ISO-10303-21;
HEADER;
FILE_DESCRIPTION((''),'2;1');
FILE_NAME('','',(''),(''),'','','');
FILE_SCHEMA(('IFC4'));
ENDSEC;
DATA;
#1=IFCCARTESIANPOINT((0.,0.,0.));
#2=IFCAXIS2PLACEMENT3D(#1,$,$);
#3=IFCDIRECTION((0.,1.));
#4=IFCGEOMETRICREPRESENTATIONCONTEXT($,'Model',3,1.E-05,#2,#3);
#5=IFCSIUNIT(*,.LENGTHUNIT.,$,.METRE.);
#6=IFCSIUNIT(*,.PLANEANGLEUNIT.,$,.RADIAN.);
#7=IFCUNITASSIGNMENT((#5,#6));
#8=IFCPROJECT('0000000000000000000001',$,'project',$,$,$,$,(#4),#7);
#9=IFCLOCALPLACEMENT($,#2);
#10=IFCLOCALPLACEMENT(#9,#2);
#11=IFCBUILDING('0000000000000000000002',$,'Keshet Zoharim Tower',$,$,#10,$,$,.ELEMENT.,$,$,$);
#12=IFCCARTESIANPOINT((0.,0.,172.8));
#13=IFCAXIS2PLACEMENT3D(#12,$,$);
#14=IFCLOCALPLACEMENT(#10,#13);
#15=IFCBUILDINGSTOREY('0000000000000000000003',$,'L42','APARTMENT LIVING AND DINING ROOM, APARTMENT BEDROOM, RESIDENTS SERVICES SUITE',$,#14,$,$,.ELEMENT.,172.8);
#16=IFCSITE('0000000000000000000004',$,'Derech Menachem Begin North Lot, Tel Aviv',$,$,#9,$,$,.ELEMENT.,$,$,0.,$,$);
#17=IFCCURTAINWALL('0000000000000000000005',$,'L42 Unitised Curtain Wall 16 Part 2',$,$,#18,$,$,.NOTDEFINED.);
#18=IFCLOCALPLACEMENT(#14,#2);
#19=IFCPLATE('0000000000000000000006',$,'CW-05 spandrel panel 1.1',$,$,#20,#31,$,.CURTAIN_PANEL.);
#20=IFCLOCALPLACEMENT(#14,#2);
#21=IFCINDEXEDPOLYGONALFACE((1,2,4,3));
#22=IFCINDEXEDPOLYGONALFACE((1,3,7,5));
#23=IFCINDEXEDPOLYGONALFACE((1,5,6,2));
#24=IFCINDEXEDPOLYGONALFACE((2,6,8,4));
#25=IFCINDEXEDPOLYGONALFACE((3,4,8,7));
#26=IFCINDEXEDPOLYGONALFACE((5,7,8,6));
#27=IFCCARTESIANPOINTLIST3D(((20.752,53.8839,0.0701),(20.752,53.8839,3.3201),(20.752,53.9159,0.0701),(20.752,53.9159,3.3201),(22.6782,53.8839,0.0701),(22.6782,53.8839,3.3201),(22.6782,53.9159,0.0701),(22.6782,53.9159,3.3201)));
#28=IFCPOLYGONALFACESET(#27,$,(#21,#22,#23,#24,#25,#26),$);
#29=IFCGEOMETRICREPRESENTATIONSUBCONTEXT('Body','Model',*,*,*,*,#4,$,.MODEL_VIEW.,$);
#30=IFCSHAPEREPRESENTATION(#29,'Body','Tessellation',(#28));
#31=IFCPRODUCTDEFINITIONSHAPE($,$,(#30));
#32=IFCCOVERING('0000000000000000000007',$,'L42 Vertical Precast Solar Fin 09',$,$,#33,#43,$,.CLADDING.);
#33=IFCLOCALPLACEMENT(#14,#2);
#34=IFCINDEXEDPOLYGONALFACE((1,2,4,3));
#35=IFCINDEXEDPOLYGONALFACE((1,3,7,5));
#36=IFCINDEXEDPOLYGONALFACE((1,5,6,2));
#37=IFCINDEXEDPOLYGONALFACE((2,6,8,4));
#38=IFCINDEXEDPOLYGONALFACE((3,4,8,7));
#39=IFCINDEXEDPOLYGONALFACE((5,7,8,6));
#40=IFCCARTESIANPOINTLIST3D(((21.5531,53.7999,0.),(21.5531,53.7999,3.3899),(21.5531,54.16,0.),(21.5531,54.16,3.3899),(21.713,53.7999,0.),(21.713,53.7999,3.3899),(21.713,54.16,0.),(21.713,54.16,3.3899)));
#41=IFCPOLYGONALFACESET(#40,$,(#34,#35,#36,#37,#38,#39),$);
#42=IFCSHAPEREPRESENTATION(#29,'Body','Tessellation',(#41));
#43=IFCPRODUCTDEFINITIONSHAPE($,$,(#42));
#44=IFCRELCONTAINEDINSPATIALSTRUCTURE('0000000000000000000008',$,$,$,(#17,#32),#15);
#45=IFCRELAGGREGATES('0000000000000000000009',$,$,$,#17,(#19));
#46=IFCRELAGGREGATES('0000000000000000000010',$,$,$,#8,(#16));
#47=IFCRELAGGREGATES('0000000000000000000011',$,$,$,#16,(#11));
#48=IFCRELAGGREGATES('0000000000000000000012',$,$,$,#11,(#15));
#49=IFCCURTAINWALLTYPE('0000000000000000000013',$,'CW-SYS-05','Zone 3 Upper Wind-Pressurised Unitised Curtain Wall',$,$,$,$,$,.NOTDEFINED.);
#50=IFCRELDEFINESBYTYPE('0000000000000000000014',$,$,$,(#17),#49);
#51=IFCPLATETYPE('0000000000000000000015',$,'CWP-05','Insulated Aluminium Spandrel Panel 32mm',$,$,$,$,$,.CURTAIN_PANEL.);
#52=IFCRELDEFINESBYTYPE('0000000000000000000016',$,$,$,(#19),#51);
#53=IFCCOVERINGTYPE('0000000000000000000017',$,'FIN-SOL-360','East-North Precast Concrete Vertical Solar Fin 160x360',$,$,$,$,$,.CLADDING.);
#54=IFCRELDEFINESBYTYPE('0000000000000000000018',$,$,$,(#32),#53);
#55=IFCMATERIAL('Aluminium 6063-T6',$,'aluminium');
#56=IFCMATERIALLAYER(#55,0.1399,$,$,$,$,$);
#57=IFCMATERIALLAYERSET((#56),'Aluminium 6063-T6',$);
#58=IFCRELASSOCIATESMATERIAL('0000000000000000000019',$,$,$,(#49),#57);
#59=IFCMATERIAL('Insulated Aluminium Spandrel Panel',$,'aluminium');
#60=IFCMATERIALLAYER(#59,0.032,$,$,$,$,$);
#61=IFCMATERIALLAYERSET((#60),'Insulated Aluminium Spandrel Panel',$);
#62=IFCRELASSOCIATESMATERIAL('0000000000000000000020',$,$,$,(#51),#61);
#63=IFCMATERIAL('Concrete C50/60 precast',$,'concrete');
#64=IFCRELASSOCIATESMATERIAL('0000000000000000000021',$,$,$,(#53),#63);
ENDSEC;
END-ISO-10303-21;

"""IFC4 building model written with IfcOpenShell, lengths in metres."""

from ifc_helpers import new_model, si_unit, direction, frame, origin, origin_2d, place, context, subcontext, project, spatial, rectangle, extrude, material, layer, layer_set, type_object, element, aggregate, save


model = new_model("IFC4")

# Units and contexts
model_context = context("Model", 3, precision=1e-05, world=origin(), true_north=direction((0.0, 1.0)))
body_context = subcontext(model_context, "Body", "Model", "MODEL_VIEW")
ifc_project = project(units=[si_unit("LENGTHUNIT", "METRE"), si_unit("PLANEANGLEUNIT", "RADIAN")], contexts=[model_context])

# Site, building, storey
site_placement = place(None, origin())
site = spatial("IfcSite", under=ifc_project, at=site_placement, Name="Derech Menachem Begin North Lot, Tel Aviv", CompositionType="ELEMENT", RefElevation=0.0)
building_placement = place(site_placement, origin())
building = spatial("IfcBuilding", under=site, at=building_placement, Name="Keshet Zoharim Tower", CompositionType="ELEMENT")
storey_placement = place(building_placement, frame((0.0, 0.0, 172.8)))
storey = spatial("IfcBuildingStorey", under=building, at=storey_placement, Name="L42", Description="APARTMENT LIVING AND DINING ROOM, APARTMENT BEDROOM, RESIDENTS SERVICES SUITE", CompositionType="ELEMENT", Elevation=172.8)

# Shared definitions
ifc_material_1 = material(Name="Aluminium 6063-T6", Category="aluminium")
ifc_layer_1 = layer(ifc_material_1, 0.1399)
ifc_layer_set_1 = layer_set([ifc_layer_1], Name="Aluminium 6063-T6")
curtain_wall_type = type_object("IfcCurtainWallType", Name="CW-SYS-05", Description="Zone 3 Upper Wind-Pressurised Unitised Curtain Wall", PredefinedType="NOTDEFINED", material=ifc_layer_set_1)

# Curtain wall
curtain_wall_1_placement = place(storey_placement, origin())
curtain_wall_1 = element("IfcCurtainWall", 1, at=curtain_wall_1_placement, inside=storey, type_object=curtain_wall_type, Name="L42 Unitised Curtain Wall 16 Part 2", PredefinedType="NOTDEFINED")

# Plate
ifc_material_2 = material(Name="Insulated Aluminium Spandrel Panel", Category="aluminium")
ifc_layer_2 = layer(ifc_material_2, 0.032)
ifc_layer_set_2 = layer_set([ifc_layer_2], Name="Insulated Aluminium Spandrel Panel")
plate_type_1 = type_object("IfcPlateType", Name="CWP-05", Description="Insulated Aluminium Spandrel Panel 32mm", PredefinedType="CURTAIN_PANEL", material=ifc_layer_set_2)
plate_1_placement = place(storey_placement, frame((21.7151, 53.8999, 0.0701), z_axis=(0.0, 0.0, 1.0), x_axis=(1.0, 0.0, 0.0)))
plate_1 = element("IfcPlate", 2, at=plate_1_placement, type_object=plate_type_1, Name="CW-05 spandrel panel 1.1", PredefinedType="CURTAIN_PANEL", context=body_context, shape_type="SweptSolid", body=[
    extrude(rectangle(XDim=1.9263, YDim=0.032, at=origin_2d()), origin(), (0.0, 0.0, 1.0), 3.25),
])
aggregate(curtain_wall_1, [plate_1])

# Covering
ifc_material_3 = material(Name="Concrete C50/60 precast", Category="concrete")
covering_type = type_object("IfcCoveringType", Name="FIN-SOL-360", Description="East-North Precast Concrete Vertical Solar Fin 160x360", PredefinedType="CLADDING", material=ifc_material_3)
covering_placement = place(storey_placement, frame((21.6331, 53.98, 0.0), z_axis=(0.0, 0.0, 1.0), x_axis=(1.0, 0.0, 0.0)))
element("IfcCovering", 3, at=covering_placement, inside=storey, type_object=covering_type, Name="L42 Vertical Precast Solar Fin 09", PredefinedType="CLADDING", context=body_context, shape_type="SweptSolid", body=[
    extrude(rectangle(XDim=0.1599, YDim=0.3601, at=origin_2d()), origin(), (0.0, 0.0, 1.0), 3.3899),
])

save(model, "model.ifc")
